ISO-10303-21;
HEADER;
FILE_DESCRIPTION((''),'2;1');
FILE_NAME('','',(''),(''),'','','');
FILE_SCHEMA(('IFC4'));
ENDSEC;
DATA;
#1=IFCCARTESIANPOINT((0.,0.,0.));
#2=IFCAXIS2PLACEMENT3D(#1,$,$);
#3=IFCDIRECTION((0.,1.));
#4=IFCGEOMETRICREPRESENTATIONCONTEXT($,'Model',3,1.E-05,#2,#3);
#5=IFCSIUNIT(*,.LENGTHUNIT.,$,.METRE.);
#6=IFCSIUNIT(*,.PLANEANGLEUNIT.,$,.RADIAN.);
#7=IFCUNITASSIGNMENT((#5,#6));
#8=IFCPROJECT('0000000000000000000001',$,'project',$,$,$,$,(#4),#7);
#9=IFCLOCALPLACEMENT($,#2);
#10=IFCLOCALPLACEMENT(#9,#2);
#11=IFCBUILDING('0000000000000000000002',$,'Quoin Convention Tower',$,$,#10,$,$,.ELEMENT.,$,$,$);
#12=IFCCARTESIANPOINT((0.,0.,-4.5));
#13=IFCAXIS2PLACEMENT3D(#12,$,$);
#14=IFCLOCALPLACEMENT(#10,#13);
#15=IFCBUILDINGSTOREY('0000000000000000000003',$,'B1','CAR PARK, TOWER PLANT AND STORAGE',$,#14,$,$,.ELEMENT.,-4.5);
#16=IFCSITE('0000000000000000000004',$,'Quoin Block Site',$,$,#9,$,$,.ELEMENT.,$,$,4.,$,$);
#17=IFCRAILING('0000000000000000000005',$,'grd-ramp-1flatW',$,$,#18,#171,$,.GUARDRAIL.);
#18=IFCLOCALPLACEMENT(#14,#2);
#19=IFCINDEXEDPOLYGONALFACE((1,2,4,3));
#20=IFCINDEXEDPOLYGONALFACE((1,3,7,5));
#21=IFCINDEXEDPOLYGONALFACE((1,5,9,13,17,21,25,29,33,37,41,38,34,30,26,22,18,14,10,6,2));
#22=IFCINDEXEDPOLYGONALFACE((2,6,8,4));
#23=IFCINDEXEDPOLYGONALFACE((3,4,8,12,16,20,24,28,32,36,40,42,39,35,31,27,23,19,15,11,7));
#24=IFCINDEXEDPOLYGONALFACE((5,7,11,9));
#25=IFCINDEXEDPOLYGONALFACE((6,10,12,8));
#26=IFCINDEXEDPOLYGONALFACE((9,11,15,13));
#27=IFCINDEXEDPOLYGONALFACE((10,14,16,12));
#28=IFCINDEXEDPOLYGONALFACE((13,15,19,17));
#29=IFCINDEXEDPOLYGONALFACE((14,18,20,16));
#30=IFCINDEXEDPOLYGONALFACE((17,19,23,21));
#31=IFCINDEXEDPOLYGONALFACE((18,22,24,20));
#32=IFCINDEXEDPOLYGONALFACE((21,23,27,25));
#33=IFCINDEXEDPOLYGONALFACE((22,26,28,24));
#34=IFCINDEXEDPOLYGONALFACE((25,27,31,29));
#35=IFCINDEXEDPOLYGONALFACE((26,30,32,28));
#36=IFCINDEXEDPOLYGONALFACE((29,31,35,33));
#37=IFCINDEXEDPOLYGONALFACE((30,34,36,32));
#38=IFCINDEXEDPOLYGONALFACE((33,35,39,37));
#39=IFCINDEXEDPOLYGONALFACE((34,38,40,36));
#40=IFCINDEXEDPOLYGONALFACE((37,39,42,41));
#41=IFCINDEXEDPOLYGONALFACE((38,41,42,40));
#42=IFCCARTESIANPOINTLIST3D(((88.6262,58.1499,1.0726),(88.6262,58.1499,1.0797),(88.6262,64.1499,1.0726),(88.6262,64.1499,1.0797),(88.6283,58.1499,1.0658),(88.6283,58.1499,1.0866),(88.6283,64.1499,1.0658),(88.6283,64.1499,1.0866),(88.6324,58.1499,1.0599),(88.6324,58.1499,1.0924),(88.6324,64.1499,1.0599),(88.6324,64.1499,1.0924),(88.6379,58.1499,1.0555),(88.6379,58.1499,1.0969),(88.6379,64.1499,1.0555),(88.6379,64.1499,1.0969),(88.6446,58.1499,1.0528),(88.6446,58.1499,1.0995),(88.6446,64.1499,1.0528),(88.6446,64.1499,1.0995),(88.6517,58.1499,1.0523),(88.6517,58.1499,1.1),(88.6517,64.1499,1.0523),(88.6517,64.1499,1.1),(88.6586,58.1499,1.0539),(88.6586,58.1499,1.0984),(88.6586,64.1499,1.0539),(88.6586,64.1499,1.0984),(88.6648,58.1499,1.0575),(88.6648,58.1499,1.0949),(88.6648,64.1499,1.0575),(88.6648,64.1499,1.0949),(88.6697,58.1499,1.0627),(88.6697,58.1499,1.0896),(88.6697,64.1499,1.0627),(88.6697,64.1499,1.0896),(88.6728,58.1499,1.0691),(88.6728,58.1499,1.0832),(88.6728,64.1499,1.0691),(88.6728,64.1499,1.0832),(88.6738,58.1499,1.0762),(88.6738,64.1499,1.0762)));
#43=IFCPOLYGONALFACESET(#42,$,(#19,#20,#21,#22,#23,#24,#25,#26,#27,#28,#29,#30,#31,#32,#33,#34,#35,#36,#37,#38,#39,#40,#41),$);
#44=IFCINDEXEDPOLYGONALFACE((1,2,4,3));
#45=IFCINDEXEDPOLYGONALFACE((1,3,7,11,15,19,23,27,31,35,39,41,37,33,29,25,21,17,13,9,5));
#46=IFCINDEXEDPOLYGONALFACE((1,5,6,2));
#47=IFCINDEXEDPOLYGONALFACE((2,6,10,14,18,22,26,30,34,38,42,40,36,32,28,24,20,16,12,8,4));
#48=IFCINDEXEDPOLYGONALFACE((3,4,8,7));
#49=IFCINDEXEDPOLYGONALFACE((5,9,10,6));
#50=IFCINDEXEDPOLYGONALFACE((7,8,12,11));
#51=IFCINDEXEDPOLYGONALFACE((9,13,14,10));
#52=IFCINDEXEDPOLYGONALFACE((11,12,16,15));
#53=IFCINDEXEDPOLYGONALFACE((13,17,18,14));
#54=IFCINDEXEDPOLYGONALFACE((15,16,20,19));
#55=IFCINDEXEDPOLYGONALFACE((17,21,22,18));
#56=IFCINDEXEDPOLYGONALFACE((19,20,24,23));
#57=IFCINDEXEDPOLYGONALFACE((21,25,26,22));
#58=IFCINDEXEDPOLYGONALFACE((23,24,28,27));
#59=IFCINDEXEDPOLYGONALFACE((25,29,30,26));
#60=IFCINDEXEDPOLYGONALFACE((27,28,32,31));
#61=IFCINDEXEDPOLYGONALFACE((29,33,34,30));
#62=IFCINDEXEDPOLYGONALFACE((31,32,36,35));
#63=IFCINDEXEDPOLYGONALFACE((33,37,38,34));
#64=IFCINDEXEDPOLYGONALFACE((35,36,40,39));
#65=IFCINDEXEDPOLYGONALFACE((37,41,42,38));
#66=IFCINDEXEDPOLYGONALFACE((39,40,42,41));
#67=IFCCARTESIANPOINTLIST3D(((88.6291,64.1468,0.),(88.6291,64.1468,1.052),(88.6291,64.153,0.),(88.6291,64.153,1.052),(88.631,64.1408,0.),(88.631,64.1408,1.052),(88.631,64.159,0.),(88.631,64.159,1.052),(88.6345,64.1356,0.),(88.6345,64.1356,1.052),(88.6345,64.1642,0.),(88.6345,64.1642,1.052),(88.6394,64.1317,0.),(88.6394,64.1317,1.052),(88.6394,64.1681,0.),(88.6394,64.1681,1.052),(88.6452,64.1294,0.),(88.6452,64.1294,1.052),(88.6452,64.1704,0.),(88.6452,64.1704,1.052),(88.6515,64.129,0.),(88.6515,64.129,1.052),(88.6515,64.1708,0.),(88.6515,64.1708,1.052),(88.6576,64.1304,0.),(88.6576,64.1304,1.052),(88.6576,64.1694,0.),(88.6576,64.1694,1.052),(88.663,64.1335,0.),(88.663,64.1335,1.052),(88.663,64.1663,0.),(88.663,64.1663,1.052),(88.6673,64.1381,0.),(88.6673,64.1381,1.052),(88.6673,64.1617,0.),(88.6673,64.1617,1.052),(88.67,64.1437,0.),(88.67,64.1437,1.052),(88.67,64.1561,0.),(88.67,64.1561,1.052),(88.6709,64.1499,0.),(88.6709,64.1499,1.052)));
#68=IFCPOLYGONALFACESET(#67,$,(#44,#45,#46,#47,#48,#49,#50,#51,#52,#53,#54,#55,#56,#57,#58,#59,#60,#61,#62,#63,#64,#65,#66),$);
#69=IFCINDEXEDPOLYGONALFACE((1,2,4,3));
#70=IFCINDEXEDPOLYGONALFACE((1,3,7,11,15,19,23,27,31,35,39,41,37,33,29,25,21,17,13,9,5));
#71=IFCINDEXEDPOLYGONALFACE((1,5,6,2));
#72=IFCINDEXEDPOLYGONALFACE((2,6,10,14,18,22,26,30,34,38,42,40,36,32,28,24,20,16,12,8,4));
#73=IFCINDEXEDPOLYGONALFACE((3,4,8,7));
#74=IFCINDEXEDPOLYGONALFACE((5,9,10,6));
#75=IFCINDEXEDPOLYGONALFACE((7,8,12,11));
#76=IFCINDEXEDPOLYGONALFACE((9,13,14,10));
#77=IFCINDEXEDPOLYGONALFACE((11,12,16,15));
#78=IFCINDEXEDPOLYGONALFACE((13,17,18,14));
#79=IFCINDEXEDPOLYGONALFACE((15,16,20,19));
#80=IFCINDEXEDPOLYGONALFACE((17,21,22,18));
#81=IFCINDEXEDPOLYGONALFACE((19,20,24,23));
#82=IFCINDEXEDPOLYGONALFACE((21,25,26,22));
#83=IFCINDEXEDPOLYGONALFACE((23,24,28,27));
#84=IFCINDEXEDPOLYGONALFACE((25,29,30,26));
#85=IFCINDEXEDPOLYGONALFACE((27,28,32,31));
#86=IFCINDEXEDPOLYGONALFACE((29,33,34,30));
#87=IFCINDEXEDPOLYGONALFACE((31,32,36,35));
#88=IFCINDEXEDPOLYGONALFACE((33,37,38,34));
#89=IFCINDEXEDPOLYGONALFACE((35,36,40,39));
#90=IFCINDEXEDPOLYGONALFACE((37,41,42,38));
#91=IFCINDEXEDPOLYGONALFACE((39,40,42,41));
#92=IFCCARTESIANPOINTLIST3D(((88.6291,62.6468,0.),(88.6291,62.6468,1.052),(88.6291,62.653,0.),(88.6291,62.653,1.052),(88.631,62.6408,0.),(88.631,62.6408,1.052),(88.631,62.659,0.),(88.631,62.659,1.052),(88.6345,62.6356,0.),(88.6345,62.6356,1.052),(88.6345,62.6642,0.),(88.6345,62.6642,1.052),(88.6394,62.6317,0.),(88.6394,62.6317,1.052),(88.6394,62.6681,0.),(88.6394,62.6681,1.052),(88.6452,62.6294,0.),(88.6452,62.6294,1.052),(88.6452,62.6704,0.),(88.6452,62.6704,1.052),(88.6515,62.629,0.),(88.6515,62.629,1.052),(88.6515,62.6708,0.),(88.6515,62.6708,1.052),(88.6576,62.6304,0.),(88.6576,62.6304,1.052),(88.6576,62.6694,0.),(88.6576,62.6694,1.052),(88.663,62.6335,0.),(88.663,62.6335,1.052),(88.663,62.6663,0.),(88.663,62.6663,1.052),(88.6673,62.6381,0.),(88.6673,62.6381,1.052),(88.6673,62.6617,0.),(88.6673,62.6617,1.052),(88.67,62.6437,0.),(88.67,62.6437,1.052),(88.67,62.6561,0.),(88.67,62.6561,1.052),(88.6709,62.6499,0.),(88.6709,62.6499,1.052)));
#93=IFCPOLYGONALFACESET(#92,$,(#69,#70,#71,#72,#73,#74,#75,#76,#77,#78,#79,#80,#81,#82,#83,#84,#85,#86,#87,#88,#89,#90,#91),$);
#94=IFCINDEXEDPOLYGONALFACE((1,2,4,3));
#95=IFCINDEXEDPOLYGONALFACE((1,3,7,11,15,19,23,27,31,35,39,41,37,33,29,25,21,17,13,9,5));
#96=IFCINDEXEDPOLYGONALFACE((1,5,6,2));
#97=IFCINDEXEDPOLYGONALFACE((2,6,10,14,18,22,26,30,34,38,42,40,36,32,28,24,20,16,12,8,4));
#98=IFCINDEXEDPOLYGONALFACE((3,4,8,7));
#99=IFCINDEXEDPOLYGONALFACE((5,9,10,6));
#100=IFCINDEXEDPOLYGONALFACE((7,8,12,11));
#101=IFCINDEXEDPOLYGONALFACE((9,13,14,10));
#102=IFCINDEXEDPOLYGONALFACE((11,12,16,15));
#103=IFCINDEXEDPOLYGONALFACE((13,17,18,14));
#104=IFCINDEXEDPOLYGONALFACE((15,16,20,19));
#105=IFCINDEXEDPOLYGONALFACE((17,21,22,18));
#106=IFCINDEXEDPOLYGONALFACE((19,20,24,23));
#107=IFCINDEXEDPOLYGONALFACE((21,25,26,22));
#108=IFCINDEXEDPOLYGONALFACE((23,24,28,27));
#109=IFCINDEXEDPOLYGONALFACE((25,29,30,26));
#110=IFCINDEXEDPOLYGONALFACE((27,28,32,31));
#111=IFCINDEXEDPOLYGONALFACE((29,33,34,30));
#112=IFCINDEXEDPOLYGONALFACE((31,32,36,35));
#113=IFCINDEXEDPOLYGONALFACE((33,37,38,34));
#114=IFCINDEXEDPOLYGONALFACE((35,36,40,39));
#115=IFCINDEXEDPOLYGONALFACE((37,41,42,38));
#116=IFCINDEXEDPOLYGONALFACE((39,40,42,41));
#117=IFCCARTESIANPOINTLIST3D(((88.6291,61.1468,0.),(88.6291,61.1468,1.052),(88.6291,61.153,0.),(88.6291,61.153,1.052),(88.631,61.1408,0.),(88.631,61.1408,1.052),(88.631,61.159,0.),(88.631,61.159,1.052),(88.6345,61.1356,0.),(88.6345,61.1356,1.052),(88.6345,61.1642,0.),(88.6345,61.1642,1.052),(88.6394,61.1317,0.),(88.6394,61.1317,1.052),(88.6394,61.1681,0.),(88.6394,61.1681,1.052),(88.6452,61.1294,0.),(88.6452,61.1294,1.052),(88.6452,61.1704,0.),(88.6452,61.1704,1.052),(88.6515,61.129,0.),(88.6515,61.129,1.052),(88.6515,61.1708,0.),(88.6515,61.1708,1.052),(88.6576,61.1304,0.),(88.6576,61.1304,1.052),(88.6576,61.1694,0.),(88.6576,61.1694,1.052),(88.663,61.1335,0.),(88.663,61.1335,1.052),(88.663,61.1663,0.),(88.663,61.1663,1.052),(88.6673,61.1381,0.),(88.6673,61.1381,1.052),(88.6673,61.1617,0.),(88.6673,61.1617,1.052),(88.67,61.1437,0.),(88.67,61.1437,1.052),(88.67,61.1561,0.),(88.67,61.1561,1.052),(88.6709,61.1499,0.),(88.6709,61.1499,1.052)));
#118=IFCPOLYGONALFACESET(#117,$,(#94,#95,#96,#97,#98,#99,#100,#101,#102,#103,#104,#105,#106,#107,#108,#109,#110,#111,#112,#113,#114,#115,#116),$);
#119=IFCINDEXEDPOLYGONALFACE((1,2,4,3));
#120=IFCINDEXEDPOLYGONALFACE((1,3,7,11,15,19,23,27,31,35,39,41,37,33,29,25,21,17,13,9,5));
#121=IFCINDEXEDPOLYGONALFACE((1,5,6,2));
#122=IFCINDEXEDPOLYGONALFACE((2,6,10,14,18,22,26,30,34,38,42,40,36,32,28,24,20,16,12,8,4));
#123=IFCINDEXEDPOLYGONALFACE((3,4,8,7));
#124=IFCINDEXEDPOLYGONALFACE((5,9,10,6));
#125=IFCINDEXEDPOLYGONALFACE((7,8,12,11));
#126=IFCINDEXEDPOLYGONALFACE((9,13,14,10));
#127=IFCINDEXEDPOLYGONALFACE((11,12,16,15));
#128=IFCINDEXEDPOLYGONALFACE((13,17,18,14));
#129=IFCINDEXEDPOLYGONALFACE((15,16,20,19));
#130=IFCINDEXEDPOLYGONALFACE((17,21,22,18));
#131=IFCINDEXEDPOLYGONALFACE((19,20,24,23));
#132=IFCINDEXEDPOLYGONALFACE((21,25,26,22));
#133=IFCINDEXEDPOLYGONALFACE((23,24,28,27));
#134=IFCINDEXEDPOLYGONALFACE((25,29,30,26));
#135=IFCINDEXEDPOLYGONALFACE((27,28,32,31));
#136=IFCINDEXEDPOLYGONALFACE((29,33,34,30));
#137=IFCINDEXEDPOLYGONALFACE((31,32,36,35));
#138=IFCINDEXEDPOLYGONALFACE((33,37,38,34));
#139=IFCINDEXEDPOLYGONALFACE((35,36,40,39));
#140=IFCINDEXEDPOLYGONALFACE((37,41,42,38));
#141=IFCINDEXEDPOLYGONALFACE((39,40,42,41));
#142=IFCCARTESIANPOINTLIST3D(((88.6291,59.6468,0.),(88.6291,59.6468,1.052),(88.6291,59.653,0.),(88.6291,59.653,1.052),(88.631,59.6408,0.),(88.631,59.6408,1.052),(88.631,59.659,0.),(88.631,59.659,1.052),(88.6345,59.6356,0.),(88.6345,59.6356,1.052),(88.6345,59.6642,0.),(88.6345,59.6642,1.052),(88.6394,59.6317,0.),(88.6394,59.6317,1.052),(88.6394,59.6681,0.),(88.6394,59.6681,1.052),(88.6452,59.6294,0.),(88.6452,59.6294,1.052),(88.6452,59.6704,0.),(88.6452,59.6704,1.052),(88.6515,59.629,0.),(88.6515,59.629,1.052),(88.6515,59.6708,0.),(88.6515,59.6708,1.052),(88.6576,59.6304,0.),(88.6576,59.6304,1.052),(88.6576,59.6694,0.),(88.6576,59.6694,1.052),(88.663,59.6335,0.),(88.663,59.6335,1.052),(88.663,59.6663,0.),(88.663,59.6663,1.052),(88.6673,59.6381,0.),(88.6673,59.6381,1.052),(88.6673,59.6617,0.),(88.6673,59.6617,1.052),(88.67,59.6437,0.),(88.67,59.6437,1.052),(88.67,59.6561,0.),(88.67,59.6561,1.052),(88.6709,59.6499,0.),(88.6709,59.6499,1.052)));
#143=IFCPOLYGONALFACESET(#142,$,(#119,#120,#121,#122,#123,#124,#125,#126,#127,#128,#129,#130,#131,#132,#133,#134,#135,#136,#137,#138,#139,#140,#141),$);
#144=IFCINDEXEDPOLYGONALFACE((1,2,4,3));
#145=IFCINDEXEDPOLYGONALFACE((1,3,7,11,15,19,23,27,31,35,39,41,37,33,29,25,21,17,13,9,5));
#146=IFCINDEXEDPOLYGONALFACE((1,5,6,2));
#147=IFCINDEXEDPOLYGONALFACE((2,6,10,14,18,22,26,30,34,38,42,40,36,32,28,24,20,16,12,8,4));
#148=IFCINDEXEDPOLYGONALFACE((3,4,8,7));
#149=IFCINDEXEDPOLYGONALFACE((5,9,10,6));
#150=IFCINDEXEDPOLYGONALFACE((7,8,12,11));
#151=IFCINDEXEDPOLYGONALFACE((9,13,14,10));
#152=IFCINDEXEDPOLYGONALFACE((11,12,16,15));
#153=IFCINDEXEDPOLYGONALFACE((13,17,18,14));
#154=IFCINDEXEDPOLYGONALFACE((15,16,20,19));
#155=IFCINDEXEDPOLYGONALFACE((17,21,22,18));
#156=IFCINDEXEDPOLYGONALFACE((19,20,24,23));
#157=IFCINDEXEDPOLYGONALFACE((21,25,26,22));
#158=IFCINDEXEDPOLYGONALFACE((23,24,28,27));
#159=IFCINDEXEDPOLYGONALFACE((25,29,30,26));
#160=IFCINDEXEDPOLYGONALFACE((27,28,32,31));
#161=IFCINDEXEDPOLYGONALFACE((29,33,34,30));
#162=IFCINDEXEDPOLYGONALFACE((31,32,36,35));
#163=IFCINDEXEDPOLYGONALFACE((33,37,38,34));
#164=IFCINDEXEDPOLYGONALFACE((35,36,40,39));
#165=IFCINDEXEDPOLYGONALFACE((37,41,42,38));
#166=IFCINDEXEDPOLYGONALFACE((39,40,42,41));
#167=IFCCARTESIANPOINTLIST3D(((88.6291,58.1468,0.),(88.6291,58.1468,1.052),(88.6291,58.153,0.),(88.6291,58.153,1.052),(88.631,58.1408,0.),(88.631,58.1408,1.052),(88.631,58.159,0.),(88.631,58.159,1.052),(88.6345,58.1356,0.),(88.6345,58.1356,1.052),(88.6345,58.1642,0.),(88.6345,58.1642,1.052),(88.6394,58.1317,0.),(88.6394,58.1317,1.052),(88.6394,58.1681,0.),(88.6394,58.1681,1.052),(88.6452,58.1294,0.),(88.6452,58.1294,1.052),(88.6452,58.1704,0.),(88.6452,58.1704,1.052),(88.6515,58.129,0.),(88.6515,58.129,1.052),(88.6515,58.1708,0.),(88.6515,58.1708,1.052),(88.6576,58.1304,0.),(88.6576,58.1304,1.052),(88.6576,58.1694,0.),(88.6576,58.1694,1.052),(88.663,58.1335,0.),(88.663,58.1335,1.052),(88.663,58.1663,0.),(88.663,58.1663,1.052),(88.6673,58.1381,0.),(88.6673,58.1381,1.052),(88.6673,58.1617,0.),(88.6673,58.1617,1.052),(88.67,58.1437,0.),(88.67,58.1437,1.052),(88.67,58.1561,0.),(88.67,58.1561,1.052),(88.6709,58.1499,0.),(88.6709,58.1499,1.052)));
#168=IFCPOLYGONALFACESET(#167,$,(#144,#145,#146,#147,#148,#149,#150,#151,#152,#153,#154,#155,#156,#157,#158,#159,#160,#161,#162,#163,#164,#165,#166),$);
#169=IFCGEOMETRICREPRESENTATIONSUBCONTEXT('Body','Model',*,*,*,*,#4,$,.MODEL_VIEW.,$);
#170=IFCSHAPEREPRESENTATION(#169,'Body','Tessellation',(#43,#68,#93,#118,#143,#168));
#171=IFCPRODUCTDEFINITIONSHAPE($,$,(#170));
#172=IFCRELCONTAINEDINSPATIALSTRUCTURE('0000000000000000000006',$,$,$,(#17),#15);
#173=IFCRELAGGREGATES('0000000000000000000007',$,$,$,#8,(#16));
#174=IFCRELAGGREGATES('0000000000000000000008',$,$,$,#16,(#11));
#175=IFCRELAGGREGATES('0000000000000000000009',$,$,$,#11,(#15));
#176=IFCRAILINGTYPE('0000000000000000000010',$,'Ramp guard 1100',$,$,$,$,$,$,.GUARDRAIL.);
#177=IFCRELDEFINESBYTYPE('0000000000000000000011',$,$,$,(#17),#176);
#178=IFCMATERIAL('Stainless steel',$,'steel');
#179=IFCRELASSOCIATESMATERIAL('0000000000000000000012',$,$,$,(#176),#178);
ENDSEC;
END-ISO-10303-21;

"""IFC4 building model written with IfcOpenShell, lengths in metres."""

from ifc_helpers import new_model, si_unit, direction, frame, origin, origin_2d, place, context, subcontext, project, spatial, circle, extrude, material, type_object, element, save


model = new_model("IFC4")

# Units and contexts
model_context = context("Model", 3, precision=1e-05, world=origin(), true_north=direction((0.0, 1.0)))
body_context = subcontext(model_context, "Body", "Model", "MODEL_VIEW")
ifc_project = project(units=[si_unit("LENGTHUNIT", "METRE"), si_unit("PLANEANGLEUNIT", "RADIAN")], contexts=[model_context])

# Site, building, storey
site_placement = place(None, origin())
site = spatial("IfcSite", under=ifc_project, at=site_placement, Name="Quoin Block Site", CompositionType="ELEMENT", RefElevation=4.0)
building_placement = place(site_placement, origin())
building = spatial("IfcBuilding", under=site, at=building_placement, Name="Quoin Convention Tower", CompositionType="ELEMENT")
storey_placement = place(building_placement, frame((0.0, 0.0, -4.5)))
storey = spatial("IfcBuildingStorey", under=building, at=storey_placement, Name="B1", Description="CAR PARK, TOWER PLANT AND STORAGE", CompositionType="ELEMENT", Elevation=-4.5)

# Railing
ifc_material_1 = material(Name="Stainless steel", Category="steel")
railing_type_1 = type_object("IfcRailingType", Name="Ramp guard 1100", PredefinedType="GUARDRAIL", material=ifc_material_1)
for number, where, name in (
    (1, (88.6499, 64.1499, 0.0), "grd-ramp-1flatW"),
):
    element("IfcRailing", number, at=place(storey_placement, frame(where)), inside=storey, type_object=railing_type_1, Name=name, PredefinedType="GUARDRAIL", context=body_context, shape_type="SweptSolid", body=[
        extrude(circle(Radius=0.0239, at=origin_2d()), frame((0.0, 0.0, 1.0762), z_axis=(0.0, -1.0, 0.0), x_axis=(1.0, 0.0, 0.0)), (0.0, 0.0, 1.0), 6.0),
        extrude(circle(Radius=0.021, at=origin_2d()), origin(), (0.0, 0.0, 1.0), 1.052),
        extrude(circle(Radius=0.021, at=origin_2d()), frame((0.0, -1.5, 0.0)), (0.0, 0.0, 1.0), 1.052),
        extrude(circle(Radius=0.021, at=origin_2d()), frame((0.0, -3.0, 0.0)), (0.0, 0.0, 1.0), 1.052),
        extrude(circle(Radius=0.021, at=origin_2d()), frame((0.0, -4.5, 0.0)), (0.0, 0.0, 1.0), 1.052),
        extrude(circle(Radius=0.021, at=origin_2d()), frame((0.0, -6.0, 0.0)), (0.0, 0.0, 1.0), 1.052),
    ])

save(model, "model.ifc")
